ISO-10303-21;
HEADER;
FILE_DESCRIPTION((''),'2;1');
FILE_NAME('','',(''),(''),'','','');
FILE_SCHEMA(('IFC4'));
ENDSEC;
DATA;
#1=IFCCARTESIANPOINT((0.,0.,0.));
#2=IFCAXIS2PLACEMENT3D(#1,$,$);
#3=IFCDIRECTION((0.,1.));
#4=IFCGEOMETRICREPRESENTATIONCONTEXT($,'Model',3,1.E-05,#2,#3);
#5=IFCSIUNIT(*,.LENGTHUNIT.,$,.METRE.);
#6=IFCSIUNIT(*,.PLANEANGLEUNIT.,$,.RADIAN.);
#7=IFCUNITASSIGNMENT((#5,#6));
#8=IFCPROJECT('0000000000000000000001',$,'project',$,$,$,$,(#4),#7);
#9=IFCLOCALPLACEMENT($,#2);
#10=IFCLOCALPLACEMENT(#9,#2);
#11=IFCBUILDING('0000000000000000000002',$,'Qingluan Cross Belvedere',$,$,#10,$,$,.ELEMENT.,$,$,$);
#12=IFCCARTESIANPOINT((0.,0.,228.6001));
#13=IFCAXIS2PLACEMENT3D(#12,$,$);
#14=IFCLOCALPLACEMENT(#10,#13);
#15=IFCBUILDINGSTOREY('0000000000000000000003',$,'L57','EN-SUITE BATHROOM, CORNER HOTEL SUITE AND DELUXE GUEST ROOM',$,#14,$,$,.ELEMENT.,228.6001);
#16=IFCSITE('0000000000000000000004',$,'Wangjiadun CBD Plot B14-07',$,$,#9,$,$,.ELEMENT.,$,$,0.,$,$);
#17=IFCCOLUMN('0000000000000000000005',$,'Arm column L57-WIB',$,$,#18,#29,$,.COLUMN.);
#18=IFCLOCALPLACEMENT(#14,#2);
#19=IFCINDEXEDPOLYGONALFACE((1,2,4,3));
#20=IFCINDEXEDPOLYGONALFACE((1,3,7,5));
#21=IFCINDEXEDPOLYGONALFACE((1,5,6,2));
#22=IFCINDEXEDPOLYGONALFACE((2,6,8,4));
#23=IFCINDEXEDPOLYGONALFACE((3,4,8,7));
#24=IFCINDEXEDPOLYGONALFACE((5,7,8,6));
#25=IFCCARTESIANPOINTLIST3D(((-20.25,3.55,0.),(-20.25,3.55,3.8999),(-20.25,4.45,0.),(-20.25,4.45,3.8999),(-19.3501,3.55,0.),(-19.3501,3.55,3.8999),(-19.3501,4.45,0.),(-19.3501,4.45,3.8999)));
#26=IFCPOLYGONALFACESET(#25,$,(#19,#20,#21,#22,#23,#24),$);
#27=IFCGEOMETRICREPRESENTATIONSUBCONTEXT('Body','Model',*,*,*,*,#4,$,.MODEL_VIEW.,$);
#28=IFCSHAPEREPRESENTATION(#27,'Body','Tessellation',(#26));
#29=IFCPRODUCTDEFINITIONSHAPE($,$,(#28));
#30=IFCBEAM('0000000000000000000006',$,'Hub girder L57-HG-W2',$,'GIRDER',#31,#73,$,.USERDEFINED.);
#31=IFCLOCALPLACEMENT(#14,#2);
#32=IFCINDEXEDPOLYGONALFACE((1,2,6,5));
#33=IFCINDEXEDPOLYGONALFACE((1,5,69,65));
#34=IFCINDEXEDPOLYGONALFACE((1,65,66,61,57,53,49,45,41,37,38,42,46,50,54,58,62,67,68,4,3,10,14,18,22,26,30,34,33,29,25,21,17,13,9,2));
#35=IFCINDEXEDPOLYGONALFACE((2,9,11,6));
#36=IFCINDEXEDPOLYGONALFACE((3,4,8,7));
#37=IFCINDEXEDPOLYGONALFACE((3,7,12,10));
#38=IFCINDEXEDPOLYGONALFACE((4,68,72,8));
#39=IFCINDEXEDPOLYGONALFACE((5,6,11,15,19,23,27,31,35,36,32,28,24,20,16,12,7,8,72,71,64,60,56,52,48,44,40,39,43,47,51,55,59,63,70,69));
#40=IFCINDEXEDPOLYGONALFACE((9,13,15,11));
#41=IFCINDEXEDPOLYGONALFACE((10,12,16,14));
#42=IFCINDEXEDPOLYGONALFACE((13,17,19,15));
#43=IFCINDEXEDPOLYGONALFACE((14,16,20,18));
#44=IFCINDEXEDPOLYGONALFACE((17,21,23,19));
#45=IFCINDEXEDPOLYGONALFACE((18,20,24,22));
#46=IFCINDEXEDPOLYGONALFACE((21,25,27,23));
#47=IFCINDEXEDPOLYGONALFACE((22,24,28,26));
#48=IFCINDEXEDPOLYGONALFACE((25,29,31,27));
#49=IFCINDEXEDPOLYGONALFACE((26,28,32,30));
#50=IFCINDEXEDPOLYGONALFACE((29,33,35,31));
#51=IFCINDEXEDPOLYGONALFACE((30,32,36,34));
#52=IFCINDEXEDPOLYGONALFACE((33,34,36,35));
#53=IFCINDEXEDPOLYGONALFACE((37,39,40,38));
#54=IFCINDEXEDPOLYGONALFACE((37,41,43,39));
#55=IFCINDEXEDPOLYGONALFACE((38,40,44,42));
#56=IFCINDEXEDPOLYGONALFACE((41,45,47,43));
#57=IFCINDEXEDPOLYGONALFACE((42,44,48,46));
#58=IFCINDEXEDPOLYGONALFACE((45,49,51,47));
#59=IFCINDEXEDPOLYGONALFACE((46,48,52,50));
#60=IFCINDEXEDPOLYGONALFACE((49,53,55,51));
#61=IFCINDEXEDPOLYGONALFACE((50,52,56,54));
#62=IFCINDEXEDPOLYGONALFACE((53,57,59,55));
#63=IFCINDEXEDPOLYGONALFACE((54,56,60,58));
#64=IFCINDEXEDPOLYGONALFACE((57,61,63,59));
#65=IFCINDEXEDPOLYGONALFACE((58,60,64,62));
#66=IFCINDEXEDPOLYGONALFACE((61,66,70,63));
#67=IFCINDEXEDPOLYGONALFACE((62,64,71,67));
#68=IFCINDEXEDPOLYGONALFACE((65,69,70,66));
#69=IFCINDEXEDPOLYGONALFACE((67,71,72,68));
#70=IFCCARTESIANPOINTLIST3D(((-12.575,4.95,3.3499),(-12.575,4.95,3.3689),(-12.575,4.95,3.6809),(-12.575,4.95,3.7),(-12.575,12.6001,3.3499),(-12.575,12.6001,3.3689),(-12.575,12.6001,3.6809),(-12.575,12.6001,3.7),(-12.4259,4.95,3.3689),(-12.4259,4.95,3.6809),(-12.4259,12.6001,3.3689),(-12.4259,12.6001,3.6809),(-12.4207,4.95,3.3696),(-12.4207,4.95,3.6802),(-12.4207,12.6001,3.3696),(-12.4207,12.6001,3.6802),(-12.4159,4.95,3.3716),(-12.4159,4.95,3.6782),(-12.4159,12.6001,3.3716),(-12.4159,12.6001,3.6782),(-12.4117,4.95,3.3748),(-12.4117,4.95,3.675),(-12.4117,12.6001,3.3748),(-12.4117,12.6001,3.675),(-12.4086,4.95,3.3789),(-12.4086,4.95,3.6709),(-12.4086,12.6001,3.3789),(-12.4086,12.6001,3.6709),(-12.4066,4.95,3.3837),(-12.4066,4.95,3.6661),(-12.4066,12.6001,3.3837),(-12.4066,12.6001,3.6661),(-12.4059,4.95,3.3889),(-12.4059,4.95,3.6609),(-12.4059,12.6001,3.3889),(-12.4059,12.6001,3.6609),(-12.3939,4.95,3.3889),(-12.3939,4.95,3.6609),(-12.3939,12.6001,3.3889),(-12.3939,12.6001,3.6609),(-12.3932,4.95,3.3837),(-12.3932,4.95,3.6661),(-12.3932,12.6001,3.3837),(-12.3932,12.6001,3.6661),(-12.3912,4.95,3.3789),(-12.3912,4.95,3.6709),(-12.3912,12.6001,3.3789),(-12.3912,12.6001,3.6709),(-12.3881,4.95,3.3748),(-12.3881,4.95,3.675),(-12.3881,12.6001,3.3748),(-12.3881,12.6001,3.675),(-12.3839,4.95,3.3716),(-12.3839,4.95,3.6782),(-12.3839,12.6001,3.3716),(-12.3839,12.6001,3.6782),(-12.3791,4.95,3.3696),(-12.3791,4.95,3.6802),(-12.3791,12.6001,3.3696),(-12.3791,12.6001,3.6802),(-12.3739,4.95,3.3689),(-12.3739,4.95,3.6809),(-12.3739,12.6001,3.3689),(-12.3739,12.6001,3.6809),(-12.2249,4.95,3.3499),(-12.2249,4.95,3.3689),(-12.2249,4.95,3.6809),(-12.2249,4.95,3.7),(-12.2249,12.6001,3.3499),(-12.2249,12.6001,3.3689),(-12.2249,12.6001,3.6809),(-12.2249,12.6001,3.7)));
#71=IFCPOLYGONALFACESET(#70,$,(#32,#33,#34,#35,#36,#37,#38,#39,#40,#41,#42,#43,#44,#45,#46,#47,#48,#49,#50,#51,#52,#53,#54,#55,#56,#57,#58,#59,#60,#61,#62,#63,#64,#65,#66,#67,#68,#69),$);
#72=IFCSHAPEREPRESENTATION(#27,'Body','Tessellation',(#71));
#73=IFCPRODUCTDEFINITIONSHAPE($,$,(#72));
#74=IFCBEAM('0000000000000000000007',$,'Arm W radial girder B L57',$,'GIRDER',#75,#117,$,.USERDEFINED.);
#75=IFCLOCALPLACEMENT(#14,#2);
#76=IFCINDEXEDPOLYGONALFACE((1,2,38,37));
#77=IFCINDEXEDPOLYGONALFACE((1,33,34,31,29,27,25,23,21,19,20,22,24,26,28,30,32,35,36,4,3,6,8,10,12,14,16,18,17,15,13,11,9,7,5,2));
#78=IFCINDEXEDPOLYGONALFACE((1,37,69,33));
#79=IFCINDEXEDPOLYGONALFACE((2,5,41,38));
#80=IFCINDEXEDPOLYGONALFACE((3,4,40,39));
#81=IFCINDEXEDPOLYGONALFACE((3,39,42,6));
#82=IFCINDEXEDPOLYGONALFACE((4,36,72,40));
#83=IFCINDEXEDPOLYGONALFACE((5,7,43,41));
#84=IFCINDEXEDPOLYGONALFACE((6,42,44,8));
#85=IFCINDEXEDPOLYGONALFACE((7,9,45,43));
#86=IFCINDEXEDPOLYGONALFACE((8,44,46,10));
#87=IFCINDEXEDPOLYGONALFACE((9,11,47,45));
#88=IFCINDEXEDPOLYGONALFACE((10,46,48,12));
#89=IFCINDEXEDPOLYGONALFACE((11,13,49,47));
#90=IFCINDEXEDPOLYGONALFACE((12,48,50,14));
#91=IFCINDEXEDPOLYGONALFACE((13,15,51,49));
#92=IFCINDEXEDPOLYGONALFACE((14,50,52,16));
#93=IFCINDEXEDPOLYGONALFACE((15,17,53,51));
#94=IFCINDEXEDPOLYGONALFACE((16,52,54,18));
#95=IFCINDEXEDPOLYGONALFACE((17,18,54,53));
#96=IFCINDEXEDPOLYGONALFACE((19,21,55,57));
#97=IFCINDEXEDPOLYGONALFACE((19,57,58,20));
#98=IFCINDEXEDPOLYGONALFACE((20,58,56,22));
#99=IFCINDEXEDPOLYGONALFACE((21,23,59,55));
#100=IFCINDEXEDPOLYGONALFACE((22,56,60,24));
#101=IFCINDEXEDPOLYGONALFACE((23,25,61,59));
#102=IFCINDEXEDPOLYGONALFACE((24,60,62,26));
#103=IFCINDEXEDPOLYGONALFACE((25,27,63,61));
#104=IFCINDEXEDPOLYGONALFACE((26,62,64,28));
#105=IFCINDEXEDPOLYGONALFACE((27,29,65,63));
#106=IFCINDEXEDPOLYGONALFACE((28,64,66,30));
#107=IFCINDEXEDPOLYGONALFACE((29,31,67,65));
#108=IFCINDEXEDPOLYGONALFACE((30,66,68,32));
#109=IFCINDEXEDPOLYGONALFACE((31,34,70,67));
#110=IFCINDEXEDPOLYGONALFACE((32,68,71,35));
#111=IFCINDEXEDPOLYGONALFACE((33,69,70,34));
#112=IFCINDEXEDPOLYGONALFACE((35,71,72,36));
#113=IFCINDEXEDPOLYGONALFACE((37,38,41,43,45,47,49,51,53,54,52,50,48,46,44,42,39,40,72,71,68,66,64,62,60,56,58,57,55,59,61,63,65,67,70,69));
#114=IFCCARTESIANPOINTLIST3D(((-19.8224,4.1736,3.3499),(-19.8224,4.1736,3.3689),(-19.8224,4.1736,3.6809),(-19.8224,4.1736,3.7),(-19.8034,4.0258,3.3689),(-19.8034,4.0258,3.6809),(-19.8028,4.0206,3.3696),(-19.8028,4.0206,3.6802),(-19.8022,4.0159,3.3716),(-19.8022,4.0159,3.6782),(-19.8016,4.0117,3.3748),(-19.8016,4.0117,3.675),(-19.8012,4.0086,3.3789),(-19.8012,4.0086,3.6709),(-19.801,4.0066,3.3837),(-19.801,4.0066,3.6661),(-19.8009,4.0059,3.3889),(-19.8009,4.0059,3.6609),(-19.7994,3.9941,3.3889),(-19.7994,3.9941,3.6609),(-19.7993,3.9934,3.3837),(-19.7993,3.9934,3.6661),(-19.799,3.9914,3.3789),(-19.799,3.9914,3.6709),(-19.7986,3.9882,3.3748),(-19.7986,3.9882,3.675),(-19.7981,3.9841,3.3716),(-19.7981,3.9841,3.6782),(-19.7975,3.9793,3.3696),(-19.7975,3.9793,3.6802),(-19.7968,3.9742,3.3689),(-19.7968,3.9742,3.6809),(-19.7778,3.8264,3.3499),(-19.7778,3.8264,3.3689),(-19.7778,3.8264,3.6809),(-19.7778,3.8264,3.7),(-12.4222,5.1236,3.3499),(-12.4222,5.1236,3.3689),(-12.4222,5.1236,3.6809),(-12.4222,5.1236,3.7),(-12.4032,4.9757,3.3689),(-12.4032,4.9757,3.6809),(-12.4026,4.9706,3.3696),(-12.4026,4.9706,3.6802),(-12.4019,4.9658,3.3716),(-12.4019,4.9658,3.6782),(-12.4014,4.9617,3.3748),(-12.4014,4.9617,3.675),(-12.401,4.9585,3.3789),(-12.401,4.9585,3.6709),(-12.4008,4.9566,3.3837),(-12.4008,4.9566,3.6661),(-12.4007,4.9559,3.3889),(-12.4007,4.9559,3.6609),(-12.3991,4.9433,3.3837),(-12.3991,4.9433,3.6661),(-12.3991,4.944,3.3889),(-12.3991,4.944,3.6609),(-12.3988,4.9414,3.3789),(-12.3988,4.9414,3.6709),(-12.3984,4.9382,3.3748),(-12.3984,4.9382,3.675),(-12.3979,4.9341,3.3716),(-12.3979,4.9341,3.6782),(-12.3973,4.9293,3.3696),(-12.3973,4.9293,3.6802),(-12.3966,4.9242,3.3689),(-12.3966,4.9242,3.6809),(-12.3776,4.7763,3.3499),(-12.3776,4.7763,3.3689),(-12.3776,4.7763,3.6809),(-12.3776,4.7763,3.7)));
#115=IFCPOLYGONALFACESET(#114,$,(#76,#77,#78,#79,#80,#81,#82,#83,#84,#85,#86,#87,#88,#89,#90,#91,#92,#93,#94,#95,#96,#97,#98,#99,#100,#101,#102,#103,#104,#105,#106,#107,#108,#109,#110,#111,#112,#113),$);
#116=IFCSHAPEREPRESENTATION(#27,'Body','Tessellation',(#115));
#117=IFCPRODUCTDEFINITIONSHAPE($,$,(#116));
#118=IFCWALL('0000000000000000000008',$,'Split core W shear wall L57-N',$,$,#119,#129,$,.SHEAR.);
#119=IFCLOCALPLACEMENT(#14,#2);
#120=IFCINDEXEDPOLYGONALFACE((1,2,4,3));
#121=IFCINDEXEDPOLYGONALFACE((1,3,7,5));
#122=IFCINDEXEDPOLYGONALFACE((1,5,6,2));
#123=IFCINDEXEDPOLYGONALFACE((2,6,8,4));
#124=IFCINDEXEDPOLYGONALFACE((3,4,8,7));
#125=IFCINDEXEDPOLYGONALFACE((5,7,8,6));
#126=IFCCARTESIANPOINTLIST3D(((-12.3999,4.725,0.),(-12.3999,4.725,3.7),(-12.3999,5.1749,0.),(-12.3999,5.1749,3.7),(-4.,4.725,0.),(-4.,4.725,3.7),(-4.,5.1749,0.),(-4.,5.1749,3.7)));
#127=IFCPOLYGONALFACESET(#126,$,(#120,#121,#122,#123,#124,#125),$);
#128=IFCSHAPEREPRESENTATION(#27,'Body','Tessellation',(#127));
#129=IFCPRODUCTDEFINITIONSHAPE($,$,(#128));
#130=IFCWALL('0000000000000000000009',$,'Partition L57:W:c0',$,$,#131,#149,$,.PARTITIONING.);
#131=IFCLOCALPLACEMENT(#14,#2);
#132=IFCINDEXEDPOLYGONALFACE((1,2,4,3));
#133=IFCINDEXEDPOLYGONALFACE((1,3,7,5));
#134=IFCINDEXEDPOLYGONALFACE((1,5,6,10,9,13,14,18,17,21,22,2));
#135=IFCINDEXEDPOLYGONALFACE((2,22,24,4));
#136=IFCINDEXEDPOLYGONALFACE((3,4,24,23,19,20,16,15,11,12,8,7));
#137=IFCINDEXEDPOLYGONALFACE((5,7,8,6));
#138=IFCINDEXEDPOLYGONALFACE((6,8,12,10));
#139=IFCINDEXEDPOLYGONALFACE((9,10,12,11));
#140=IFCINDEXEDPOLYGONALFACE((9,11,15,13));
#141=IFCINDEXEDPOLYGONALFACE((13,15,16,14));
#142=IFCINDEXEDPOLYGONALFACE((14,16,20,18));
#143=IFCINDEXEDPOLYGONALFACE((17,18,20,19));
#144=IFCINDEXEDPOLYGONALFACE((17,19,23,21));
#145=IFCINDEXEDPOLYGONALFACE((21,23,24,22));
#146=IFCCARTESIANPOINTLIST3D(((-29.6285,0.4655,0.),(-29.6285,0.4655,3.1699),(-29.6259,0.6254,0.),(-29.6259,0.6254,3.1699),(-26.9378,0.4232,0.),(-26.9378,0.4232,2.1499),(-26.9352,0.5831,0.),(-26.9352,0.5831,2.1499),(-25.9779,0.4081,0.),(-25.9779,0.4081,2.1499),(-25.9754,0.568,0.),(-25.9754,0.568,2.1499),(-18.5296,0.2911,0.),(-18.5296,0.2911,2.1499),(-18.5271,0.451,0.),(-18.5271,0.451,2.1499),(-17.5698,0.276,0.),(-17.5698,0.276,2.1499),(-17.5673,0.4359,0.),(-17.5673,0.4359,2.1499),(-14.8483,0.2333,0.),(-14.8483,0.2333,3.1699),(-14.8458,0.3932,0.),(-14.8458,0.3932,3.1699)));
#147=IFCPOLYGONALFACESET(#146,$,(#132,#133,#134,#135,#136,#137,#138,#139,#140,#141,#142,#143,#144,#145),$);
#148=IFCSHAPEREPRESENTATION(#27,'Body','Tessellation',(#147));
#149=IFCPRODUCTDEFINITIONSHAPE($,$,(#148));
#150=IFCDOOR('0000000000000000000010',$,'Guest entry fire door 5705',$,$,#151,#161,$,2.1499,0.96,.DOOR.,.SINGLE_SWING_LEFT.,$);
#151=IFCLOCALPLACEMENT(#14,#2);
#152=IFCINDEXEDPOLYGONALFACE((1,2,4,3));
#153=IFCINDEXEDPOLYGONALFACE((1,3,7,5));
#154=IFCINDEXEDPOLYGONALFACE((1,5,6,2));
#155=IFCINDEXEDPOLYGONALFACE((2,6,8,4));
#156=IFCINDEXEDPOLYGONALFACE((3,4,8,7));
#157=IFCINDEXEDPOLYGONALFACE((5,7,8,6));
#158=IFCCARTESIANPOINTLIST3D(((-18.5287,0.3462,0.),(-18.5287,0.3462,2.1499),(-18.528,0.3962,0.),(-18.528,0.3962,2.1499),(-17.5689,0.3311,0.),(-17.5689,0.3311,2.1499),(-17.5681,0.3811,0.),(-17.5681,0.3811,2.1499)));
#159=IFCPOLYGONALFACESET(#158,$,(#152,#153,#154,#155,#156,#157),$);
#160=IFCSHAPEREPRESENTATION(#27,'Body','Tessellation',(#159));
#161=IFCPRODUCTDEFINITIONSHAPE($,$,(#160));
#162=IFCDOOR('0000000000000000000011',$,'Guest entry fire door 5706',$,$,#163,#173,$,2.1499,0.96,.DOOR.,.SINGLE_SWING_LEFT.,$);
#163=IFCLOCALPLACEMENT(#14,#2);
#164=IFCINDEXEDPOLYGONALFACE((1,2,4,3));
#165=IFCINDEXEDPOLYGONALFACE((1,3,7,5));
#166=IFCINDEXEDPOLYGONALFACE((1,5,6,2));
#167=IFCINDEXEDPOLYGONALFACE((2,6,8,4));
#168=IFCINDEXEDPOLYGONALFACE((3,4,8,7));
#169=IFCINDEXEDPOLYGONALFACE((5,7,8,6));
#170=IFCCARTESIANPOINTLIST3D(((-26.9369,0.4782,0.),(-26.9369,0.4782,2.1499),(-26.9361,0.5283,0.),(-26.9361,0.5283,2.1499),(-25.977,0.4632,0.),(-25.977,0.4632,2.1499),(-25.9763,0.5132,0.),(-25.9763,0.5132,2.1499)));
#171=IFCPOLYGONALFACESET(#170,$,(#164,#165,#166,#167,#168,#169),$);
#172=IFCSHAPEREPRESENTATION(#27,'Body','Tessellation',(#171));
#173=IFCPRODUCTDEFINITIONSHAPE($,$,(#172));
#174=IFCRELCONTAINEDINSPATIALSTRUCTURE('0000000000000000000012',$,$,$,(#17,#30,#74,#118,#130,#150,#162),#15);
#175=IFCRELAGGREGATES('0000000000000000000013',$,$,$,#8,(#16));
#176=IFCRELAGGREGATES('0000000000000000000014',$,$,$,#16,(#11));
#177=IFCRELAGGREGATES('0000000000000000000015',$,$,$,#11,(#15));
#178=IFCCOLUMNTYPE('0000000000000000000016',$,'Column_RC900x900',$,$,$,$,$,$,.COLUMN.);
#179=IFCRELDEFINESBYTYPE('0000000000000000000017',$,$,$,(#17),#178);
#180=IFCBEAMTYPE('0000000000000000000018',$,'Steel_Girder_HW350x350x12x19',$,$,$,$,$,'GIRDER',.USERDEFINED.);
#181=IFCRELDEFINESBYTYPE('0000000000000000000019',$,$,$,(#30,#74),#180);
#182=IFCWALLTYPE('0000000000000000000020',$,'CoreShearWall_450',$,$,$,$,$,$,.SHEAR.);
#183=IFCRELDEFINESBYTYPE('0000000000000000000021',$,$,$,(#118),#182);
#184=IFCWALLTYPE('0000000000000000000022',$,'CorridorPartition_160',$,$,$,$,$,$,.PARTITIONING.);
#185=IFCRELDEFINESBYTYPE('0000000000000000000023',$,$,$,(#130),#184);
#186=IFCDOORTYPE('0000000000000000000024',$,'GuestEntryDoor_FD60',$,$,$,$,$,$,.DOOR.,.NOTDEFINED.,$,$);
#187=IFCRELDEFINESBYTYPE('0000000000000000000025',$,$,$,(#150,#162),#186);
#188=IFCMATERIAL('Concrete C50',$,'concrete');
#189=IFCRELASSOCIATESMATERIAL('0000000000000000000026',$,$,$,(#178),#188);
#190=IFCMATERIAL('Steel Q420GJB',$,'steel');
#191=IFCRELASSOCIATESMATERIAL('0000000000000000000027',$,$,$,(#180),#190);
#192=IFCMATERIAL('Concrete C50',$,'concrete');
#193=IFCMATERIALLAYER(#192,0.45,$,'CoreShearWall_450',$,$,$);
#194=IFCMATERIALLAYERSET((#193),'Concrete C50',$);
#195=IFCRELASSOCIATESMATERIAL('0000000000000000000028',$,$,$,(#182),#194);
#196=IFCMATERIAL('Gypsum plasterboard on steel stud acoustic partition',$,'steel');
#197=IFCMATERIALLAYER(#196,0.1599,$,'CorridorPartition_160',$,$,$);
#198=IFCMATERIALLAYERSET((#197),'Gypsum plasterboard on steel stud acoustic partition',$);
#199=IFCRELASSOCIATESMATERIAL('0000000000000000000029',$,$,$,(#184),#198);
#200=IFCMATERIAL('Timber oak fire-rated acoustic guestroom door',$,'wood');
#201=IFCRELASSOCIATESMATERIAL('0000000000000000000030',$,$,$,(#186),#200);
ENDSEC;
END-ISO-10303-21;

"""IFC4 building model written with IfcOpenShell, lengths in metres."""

from ifc_helpers import new_model, si_unit, direction, frame, frame_2d, origin, origin_2d, place, context, subcontext, project, spatial, rectangle, i_section, extrude, material, layer, layer_set, material_profile, profile_set, type_object, element, fill, save


model = new_model("IFC4")

# Units and contexts
model_context = context("Model", 3, precision=1e-05, world=origin(), true_north=direction((0.0, 1.0)))
body_context = subcontext(model_context, "Body", "Model", "MODEL_VIEW")
ifc_project = project(units=[si_unit("LENGTHUNIT", "METRE"), si_unit("PLANEANGLEUNIT", "RADIAN")], contexts=[model_context])

# Site, building, storey
site_placement = place(None, origin())
site = spatial("IfcSite", under=ifc_project, at=site_placement, Name="Wangjiadun CBD Plot B14-07", CompositionType="ELEMENT", RefElevation=0.0)
building_placement = place(site_placement, origin())
building = spatial("IfcBuilding", under=site, at=building_placement, Name="Qingluan Cross Belvedere", CompositionType="ELEMENT")
storey_placement = place(building_placement, frame((0.0, 0.0, 228.6001)))
storey = spatial("IfcBuildingStorey", under=building, at=storey_placement, Name="L57", Description="EN-SUITE BATHROOM, CORNER HOTEL SUITE AND DELUXE GUEST ROOM", CompositionType="ELEMENT", Elevation=228.6001)

# Column
ifc_material_1 = material(Name="Concrete C50", Category="concrete")
ifc_material_profile_1 = material_profile(ifc_material_1, rectangle(XDim=0.8999, YDim=0.8999, at=origin_2d()), Name="RC900x900")
ifc_profile_set_1 = profile_set([ifc_material_profile_1], Name="Concrete C50")
column_type = type_object("IfcColumnType", Name="Column_RC900x900", PredefinedType="COLUMN", material=ifc_profile_set_1)
column_placement = place(storey_placement, frame((-19.8, 4.0, 0.0), z_axis=(0.0, 0.0, 1.0), x_axis=(1.0, 0.0, 0.0)))
element("IfcColumn", 1, at=column_placement, inside=storey, type_object=column_type, Name="Arm column L57-WIB", PredefinedType="COLUMN", context=body_context, shape_type="SweptSolid", body=[
    extrude(rectangle(XDim=0.8999, YDim=0.8999, at=origin_2d()), origin(), (0.0, 0.0, 1.0), 3.8999),
])

# Beams
ifc_material_2 = material(Name="Steel Q420GJB", Category="steel")
ifc_material_profile_2 = material_profile(ifc_material_2, i_section(OverallWidth=0.3501, OverallDepth=0.3501, WebThickness=0.012, FlangeThickness=0.019, FilletRadius=0.02, at=origin_2d()), Name="HW350x350x12x19")
ifc_profile_set_2 = profile_set([ifc_material_profile_2], Name="Steel Q420GJB")
beam_type = type_object("IfcBeamType", Name="Steel_Girder_HW350x350x12x19", ElementType="GIRDER", PredefinedType="USERDEFINED", material=ifc_profile_set_2)
beam_1_placement = place(storey_placement, frame((-12.3999, 4.95, 3.5249), z_axis=(0.0, 1.0, 0.0), x_axis=(-1.0, 0.0, 0.0)))
element("IfcBeam", 2, at=beam_1_placement, inside=storey, type_object=beam_type, Name="Hub girder L57-HG-W2", ObjectType="GIRDER", PredefinedType="USERDEFINED", context=body_context, shape_type="SweptSolid", body=[
    extrude(i_section(OverallWidth=0.3501, OverallDepth=0.3501, WebThickness=0.012, FlangeThickness=0.019, FilletRadius=0.02, at=origin_2d()), origin(), (0.0, 0.0, 1.0), 7.6501),
])
beam_2_placement = place(storey_placement, frame((-12.3999, 4.95, 3.5249), z_axis=(-0.991861, -0.127324, 0.0), x_axis=(0.127324, -0.991861, 0.0)))
element("IfcBeam", 3, at=beam_2_placement, inside=storey, type_object=beam_type, Name="Arm W radial girder B L57", ObjectType="GIRDER", PredefinedType="USERDEFINED", context=body_context, shape_type="SweptSolid", body=[
    extrude(i_section(OverallWidth=0.3501, OverallDepth=0.3501, WebThickness=0.012, FlangeThickness=0.019, FilletRadius=0.02, at=origin_2d()), origin(), (0.0, 0.0, 1.0), 7.4609),
])

# Wall
ifc_material_3 = material(Name="Concrete C50", Category="concrete")
ifc_layer_1 = layer(ifc_material_3, 0.45, Name="CoreShearWall_450")
ifc_layer_set_1 = layer_set([ifc_layer_1], Name="Concrete C50")
wall_type_1 = type_object("IfcWallType", Name="CoreShearWall_450", PredefinedType="SHEAR", material=ifc_layer_set_1)
wall_1_placement = place(storey_placement, frame((-12.3999, 4.95, 0.0), z_axis=(0.0, 0.0, 1.0), x_axis=(1.0, 0.0, 0.0)))
element("IfcWall", 4, at=wall_1_placement, inside=storey, type_object=wall_type_1, Name="Split core W shear wall L57-N", PredefinedType="SHEAR", context=body_context, shape_type="SweptSolid", body=[
    extrude(rectangle(XDim=8.3999, YDim=0.45, at=frame_2d((4.2, 0.0))), origin(), (0.0, 0.0, 1.0), 3.7),
])

# Wall, openings, doors
ifc_material_4 = material(Name="Gypsum plasterboard on steel stud acoustic partition", Category="steel")
ifc_layer_2 = layer(ifc_material_4, 0.1599, Name="CorridorPartition_160")
ifc_layer_set_2 = layer_set([ifc_layer_2], Name="Gypsum plasterboard on steel stud acoustic partition")
wall_type_2 = type_object("IfcWallType", Name="CorridorPartition_160", PredefinedType="PARTITIONING", material=ifc_layer_set_2)
wall_2_placement = place(storey_placement, frame((-14.8469, 0.3132, 0.0), z_axis=(0.0, 0.0, 1.0), x_axis=(-0.999877, 0.015707, 0.0)))
wall_2 = element("IfcWall", 5, at=wall_2_placement, inside=storey, type_object=wall_type_2, Name="Partition L57:W:c0", PredefinedType="PARTITIONING", context=body_context, shape_type="SweptSolid", body=[
    extrude(rectangle(XDim=14.782, YDim=0.1599, at=frame_2d((7.3911, 0.0))), origin(), (0.0, 0.0, 1.0), 3.1699),
])
opening_1_placement = place(wall_2_placement, frame((2.7219, 0.0, 0.0)))
opening_1 = element("IfcOpeningElement", 6, at=opening_1_placement, cuts=wall_2, PredefinedType="OPENING", context=body_context, shape_type="SweptSolid", body=[
    extrude(rectangle(XDim=0.96, YDim=2.1499, at=frame_2d((0.48, 1.075))), frame((0.0, 0.0898, 0.0), z_axis=(0.0, -1.0, 0.0), x_axis=(1.0, 0.0, 0.0)), (0.0, 0.0, 1.0), 0.1799),
])
opening_2_placement = place(wall_2_placement, frame((11.1311, 0.0, 0.0)))
opening_2 = element("IfcOpeningElement", 7, at=opening_2_placement, cuts=wall_2, PredefinedType="OPENING", context=body_context, shape_type="SweptSolid", body=[
    extrude(rectangle(XDim=0.96, YDim=2.1499, at=frame_2d((0.48, 1.075))), frame((0.0, 0.0898, 0.0), z_axis=(0.0, -1.0, 0.0), x_axis=(1.0, 0.0, 0.0)), (0.0, 0.0, 1.0), 0.1799),
])
ifc_material_5 = material(Name="Timber oak fire-rated acoustic guestroom door", Category="wood")
door_type_1 = type_object("IfcDoorType", Name="GuestEntryDoor_FD60", OperationType="NOTDEFINED", PredefinedType="DOOR", material=ifc_material_5)
door_1_placement = place(opening_1_placement, origin())
door_1 = element("IfcDoor", 8, at=door_1_placement, inside=storey, type_object=door_type_1, Name="Guest entry fire door 5705", OperationType="SINGLE_SWING_LEFT", OverallHeight=2.1499, OverallWidth=0.96, PredefinedType="DOOR", context=body_context, shape_type="SweptSolid", body=[
    extrude(rectangle(XDim=0.96, YDim=2.1499, at=frame_2d((0.48, 1.075))), frame((0.0, 0.0249, 0.0), z_axis=(0.0, -1.0, 0.0), x_axis=(1.0, 0.0, 0.0)), (0.0, 0.0, 1.0), 0.05),
])
fill(opening_1, door_1)
door_2_placement = place(opening_2_placement, origin())
door_2 = element("IfcDoor", 9, at=door_2_placement, inside=storey, type_object=door_type_1, Name="Guest entry fire door 5706", OperationType="SINGLE_SWING_LEFT", OverallHeight=2.1499, OverallWidth=0.96, PredefinedType="DOOR", context=body_context, shape_type="SweptSolid", body=[
    extrude(rectangle(XDim=0.96, YDim=2.1499, at=frame_2d((0.48, 1.075))), frame((0.0, 0.0249, 0.0), z_axis=(0.0, -1.0, 0.0), x_axis=(1.0, 0.0, 0.0)), (0.0, 0.0, 1.0), 0.05),
])
fill(opening_2, door_2)

save(model, "model.ifc")
